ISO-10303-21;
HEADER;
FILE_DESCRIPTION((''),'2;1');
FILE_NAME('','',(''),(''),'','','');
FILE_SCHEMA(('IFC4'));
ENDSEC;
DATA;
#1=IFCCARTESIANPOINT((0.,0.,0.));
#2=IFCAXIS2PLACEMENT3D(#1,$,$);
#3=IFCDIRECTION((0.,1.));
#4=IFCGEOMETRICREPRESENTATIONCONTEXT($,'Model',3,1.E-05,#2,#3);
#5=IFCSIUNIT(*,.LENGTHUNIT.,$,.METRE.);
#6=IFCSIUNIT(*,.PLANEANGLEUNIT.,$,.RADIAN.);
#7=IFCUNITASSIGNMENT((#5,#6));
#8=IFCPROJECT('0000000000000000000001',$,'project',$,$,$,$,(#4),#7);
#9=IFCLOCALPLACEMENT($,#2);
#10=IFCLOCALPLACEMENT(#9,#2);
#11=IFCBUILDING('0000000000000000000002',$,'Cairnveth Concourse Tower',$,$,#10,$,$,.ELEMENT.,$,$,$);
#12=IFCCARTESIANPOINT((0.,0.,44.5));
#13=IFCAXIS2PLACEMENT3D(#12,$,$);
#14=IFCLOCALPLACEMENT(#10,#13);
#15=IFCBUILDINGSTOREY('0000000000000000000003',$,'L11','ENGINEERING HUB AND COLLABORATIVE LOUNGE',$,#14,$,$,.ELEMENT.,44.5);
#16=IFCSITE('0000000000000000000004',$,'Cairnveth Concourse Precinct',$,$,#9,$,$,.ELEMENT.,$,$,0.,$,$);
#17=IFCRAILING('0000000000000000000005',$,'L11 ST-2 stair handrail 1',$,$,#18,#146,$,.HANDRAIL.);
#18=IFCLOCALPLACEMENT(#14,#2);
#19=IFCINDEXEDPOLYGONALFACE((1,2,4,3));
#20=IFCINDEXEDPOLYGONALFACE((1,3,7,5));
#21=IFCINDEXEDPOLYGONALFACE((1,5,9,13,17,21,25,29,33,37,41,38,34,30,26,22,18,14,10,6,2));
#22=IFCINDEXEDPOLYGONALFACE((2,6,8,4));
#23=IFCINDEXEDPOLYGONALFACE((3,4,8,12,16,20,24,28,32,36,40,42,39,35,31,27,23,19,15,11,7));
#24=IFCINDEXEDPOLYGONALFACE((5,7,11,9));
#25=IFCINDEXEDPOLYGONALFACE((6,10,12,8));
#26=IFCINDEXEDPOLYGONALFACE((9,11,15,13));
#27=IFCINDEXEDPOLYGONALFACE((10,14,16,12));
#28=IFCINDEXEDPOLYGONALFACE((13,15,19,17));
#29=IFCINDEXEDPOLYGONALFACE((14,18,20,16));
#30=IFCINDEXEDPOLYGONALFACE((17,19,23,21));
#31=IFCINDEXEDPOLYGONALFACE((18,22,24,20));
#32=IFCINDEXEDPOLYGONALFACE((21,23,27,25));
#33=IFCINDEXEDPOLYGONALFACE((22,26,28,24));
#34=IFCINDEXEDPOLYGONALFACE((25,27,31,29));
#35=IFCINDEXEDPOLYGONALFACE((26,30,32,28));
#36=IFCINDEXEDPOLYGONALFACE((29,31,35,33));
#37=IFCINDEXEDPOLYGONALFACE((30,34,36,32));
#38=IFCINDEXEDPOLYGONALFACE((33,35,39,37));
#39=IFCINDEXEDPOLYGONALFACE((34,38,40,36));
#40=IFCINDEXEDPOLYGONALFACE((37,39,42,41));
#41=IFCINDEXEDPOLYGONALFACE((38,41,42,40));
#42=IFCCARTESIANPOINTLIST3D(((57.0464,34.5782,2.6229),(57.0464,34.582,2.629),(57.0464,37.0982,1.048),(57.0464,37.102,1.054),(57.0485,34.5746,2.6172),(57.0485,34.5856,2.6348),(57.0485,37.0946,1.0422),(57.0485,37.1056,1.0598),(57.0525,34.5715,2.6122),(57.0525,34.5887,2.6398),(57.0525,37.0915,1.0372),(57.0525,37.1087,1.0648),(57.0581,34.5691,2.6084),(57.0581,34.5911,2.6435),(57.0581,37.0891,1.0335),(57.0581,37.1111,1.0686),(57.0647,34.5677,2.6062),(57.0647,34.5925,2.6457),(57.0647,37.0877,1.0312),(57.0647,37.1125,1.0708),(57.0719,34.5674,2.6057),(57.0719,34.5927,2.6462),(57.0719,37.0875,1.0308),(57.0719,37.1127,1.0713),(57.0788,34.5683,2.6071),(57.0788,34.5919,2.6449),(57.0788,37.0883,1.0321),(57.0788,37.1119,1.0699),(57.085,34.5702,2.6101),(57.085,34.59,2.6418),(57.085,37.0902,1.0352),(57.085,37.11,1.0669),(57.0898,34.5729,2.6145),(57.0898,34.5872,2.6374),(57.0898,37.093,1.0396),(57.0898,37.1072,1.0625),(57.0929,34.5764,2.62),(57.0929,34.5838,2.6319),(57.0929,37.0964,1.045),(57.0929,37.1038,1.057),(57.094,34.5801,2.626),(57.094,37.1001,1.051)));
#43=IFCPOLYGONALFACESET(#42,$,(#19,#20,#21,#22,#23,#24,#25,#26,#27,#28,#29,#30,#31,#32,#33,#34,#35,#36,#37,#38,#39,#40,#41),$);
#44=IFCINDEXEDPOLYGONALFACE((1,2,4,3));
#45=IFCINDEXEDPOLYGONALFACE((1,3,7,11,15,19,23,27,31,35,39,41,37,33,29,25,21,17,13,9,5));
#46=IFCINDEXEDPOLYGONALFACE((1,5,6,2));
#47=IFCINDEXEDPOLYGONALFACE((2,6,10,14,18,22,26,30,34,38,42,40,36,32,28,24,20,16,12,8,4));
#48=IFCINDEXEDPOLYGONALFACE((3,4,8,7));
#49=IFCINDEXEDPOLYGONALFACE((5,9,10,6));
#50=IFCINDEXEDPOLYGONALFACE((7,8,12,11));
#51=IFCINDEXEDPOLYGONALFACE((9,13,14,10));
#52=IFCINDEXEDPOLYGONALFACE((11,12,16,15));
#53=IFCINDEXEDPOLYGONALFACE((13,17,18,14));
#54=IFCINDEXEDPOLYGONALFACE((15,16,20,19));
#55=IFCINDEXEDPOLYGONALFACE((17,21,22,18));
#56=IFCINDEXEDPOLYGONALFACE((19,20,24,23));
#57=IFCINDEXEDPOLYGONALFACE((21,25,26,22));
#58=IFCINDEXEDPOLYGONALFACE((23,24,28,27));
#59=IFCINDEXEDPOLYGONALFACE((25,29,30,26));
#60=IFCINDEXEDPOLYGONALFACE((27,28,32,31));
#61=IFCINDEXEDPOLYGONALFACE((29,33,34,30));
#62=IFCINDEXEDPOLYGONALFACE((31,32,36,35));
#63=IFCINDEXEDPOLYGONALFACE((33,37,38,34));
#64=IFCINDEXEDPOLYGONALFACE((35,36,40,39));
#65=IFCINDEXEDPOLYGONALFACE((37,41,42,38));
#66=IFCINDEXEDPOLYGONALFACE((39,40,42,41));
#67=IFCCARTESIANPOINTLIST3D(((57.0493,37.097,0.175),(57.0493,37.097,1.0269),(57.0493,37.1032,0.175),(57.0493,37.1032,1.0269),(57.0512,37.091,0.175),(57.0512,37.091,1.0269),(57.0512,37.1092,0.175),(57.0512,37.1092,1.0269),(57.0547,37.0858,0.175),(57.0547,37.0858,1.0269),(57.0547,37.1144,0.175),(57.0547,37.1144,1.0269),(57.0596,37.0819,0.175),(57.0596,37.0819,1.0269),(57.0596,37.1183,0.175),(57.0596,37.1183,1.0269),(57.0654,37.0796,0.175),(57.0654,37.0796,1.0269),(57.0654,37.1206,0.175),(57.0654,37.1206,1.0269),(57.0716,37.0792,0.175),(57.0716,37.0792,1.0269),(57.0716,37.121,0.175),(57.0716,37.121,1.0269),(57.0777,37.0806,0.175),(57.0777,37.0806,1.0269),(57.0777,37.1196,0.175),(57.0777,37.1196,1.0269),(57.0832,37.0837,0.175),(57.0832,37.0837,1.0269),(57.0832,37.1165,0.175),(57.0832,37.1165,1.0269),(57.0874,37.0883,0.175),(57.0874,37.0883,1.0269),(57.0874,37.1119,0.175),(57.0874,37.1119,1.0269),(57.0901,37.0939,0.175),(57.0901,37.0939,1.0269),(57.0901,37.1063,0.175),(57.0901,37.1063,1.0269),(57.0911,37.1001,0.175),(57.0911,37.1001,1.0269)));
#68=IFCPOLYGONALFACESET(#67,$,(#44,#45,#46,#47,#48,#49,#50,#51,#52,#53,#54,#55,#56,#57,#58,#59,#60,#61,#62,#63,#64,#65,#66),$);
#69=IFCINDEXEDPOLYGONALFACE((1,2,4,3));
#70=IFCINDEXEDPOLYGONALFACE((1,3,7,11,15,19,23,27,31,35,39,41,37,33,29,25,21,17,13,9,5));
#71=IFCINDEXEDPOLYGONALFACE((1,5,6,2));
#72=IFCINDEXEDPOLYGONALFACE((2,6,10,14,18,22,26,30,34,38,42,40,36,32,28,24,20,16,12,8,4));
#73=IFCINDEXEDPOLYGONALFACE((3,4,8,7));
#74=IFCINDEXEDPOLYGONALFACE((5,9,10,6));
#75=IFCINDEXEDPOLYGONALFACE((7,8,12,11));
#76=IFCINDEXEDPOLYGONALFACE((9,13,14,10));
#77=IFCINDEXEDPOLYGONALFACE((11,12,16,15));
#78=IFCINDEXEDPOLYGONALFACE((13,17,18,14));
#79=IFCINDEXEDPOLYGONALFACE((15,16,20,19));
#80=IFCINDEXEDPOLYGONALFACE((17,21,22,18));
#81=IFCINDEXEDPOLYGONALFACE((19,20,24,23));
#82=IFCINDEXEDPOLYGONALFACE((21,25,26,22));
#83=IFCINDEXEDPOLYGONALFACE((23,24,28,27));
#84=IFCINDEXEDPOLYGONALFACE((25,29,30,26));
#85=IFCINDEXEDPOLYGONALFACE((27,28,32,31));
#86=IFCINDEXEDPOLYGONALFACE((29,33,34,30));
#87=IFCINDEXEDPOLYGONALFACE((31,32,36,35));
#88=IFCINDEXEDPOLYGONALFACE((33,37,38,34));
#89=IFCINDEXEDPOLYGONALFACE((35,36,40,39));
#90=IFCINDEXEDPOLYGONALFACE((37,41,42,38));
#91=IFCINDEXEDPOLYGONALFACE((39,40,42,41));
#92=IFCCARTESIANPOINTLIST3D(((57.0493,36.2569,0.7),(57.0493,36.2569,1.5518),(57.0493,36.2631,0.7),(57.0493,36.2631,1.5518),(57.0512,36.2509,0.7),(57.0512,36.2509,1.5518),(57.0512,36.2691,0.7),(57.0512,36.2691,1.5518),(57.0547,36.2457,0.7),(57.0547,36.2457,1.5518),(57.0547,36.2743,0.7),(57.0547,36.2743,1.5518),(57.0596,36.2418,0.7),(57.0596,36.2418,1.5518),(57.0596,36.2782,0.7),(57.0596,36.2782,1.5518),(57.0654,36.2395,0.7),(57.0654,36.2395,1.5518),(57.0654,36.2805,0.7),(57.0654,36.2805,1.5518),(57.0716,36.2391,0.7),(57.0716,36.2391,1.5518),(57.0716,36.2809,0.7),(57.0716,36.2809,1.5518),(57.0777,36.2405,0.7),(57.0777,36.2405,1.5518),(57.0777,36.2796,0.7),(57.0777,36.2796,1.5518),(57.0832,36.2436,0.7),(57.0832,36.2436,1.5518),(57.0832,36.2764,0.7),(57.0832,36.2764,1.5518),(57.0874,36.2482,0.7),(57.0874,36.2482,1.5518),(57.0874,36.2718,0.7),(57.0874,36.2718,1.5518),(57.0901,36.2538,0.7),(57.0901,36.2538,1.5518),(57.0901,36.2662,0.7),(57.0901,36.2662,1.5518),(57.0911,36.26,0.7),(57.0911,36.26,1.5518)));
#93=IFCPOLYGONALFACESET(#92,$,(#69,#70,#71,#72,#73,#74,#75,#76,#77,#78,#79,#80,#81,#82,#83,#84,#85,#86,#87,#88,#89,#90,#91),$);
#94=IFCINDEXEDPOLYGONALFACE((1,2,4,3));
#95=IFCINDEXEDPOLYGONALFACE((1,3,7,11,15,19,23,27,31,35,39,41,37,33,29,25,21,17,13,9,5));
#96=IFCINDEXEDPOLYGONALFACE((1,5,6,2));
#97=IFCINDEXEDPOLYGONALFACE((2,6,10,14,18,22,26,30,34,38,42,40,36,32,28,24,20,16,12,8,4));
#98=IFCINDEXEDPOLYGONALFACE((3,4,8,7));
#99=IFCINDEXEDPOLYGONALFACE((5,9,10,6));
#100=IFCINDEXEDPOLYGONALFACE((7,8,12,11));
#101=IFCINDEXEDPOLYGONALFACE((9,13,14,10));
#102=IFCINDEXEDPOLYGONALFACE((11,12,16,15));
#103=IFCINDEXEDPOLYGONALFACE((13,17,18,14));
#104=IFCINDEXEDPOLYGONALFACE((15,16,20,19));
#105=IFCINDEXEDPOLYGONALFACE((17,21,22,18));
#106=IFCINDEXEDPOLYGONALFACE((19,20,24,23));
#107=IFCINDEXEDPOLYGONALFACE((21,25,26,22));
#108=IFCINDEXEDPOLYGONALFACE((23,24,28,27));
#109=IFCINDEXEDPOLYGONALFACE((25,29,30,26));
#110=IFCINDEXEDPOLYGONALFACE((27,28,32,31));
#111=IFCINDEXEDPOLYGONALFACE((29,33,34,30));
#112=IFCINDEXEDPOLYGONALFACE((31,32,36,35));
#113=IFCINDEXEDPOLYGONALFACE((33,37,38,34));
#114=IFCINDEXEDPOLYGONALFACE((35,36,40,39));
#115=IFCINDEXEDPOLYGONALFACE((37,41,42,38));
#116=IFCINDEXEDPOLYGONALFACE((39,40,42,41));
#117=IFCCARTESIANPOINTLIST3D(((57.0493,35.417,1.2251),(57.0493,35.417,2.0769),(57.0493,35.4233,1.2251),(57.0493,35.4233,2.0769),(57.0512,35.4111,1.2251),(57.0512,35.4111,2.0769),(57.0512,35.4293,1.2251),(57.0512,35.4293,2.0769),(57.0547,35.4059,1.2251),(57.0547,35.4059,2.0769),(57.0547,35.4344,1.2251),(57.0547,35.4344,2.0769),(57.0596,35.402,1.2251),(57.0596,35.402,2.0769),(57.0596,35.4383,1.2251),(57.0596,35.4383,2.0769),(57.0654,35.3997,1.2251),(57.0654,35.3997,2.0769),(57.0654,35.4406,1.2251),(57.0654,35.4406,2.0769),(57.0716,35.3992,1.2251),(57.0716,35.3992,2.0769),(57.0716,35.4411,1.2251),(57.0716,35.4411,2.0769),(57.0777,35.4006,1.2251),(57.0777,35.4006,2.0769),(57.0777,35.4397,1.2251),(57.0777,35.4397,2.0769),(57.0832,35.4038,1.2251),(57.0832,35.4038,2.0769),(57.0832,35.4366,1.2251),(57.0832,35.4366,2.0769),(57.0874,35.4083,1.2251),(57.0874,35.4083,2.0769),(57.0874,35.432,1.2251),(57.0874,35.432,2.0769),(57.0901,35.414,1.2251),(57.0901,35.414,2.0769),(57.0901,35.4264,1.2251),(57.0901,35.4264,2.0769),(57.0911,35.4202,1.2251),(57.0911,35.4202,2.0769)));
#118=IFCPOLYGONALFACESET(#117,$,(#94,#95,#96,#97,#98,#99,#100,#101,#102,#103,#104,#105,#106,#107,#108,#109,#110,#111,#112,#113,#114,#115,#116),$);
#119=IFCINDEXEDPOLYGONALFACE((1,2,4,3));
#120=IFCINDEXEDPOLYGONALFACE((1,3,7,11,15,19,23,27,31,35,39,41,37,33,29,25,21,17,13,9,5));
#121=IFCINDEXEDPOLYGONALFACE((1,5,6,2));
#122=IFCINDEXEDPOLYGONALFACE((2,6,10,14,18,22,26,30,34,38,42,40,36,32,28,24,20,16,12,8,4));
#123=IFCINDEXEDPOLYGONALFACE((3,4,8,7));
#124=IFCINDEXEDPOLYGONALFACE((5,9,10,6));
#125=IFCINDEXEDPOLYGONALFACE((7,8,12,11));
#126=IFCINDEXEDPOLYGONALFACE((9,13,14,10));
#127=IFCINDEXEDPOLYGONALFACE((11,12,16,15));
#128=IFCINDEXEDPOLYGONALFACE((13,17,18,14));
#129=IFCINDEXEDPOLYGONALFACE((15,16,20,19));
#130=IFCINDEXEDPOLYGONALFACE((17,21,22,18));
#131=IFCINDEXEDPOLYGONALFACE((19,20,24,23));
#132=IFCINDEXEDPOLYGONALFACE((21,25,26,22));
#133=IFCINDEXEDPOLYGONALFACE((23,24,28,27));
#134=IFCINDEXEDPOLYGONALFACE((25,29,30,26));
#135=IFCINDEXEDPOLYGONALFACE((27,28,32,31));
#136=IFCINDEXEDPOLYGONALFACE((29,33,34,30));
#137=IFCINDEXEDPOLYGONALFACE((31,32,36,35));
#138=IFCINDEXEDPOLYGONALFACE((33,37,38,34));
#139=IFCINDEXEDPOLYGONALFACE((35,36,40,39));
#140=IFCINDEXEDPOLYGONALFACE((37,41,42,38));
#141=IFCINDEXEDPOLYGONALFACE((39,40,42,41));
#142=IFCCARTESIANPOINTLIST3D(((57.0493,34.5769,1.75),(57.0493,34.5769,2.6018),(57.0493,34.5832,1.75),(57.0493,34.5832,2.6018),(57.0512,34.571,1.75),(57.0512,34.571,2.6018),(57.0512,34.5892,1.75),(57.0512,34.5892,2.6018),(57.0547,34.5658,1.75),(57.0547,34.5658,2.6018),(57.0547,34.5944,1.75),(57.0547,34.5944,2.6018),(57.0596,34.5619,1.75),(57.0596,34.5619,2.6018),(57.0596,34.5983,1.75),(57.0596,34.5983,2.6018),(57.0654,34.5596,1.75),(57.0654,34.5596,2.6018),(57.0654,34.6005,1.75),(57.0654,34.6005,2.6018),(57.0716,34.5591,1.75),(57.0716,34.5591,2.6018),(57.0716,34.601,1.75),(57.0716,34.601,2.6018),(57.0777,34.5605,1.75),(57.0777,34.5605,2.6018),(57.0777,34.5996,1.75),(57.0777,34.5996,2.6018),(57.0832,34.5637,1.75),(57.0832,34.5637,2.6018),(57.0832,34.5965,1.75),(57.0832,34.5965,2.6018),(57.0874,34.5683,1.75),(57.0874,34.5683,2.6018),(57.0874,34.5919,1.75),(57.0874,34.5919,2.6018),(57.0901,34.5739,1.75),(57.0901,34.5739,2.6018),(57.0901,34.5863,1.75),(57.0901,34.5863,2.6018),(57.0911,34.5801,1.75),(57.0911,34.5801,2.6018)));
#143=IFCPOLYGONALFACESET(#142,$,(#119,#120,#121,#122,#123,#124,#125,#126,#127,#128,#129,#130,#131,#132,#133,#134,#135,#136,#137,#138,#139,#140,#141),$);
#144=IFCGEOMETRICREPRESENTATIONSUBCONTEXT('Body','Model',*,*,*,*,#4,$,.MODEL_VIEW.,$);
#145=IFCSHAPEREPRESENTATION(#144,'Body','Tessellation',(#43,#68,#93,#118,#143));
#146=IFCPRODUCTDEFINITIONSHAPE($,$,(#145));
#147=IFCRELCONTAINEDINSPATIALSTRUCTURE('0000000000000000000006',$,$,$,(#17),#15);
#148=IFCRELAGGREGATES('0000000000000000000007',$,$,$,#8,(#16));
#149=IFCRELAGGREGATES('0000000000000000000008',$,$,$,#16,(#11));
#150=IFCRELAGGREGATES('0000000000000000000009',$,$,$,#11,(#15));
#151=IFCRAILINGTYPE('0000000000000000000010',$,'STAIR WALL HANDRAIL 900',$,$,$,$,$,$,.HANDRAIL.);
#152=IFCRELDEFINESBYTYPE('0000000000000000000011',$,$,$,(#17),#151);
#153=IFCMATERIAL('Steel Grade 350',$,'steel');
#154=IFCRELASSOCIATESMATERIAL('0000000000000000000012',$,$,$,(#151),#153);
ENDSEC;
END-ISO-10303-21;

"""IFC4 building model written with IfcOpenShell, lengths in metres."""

from ifc_helpers import new_model, si_unit, direction, frame, origin, origin_2d, place, context, subcontext, project, spatial, circle, extrude, material, type_object, element, save


model = new_model("IFC4")

# Units and contexts
model_context = context("Model", 3, precision=1e-05, world=origin(), true_north=direction((0.0, 1.0)))
body_context = subcontext(model_context, "Body", "Model", "MODEL_VIEW")
ifc_project = project(units=[si_unit("LENGTHUNIT", "METRE"), si_unit("PLANEANGLEUNIT", "RADIAN")], contexts=[model_context])

# Site, building, storey
site_placement = place(None, origin())
site = spatial("IfcSite", under=ifc_project, at=site_placement, Name="Cairnveth Concourse Precinct", CompositionType="ELEMENT", RefElevation=0.0)
building_placement = place(site_placement, origin())
building = spatial("IfcBuilding", under=site, at=building_placement, Name="Cairnveth Concourse Tower", CompositionType="ELEMENT")
storey_placement = place(building_placement, frame((0.0, 0.0, 44.5)))
storey = spatial("IfcBuildingStorey", under=building, at=storey_placement, Name="L11", Description="ENGINEERING HUB AND COLLABORATIVE LOUNGE", CompositionType="ELEMENT", Elevation=44.5)

# Shared definitions
ifc_material_1 = material(Name="Steel Grade 350", Category="steel")

# Railing
railing_type_1 = type_object("IfcRailingType", Name="STAIR WALL HANDRAIL 900", PredefinedType="HANDRAIL", material=ifc_material_1)
railing_1_placement = place(storey_placement, frame((57.0701, 37.1001, 0.175)))
element("IfcRailing", 1, at=railing_1_placement, inside=storey, type_object=railing_type_1, Name="L11 ST-2 stair handrail 1", PredefinedType="HANDRAIL", context=body_context, shape_type="SweptSolid", body=[
    extrude(circle(Radius=0.0239, at=origin_2d()), frame((0.0, 0.0, 0.876), z_axis=(0.0, -0.848008, 0.529984), x_axis=(1.0, 0.0, 0.0)), (0.0, 0.0, 1.0), 2.9717),
    extrude(circle(Radius=0.021, at=origin_2d()), origin(), (0.0, 0.0, 1.0), 0.8518),
    extrude(circle(Radius=0.021, at=origin_2d()), frame((0.0, -0.8401, 0.5249)), (0.0, 0.0, 1.0), 0.8518),
    extrude(circle(Radius=0.021, at=origin_2d()), frame((0.0, -1.6799, 1.05)), (0.0, 0.0, 1.0), 0.8518),
    extrude(circle(Radius=0.021, at=origin_2d()), frame((0.0, -2.52, 1.575)), (0.0, 0.0, 1.0), 0.8518),
])

save(model, "model.ifc")
